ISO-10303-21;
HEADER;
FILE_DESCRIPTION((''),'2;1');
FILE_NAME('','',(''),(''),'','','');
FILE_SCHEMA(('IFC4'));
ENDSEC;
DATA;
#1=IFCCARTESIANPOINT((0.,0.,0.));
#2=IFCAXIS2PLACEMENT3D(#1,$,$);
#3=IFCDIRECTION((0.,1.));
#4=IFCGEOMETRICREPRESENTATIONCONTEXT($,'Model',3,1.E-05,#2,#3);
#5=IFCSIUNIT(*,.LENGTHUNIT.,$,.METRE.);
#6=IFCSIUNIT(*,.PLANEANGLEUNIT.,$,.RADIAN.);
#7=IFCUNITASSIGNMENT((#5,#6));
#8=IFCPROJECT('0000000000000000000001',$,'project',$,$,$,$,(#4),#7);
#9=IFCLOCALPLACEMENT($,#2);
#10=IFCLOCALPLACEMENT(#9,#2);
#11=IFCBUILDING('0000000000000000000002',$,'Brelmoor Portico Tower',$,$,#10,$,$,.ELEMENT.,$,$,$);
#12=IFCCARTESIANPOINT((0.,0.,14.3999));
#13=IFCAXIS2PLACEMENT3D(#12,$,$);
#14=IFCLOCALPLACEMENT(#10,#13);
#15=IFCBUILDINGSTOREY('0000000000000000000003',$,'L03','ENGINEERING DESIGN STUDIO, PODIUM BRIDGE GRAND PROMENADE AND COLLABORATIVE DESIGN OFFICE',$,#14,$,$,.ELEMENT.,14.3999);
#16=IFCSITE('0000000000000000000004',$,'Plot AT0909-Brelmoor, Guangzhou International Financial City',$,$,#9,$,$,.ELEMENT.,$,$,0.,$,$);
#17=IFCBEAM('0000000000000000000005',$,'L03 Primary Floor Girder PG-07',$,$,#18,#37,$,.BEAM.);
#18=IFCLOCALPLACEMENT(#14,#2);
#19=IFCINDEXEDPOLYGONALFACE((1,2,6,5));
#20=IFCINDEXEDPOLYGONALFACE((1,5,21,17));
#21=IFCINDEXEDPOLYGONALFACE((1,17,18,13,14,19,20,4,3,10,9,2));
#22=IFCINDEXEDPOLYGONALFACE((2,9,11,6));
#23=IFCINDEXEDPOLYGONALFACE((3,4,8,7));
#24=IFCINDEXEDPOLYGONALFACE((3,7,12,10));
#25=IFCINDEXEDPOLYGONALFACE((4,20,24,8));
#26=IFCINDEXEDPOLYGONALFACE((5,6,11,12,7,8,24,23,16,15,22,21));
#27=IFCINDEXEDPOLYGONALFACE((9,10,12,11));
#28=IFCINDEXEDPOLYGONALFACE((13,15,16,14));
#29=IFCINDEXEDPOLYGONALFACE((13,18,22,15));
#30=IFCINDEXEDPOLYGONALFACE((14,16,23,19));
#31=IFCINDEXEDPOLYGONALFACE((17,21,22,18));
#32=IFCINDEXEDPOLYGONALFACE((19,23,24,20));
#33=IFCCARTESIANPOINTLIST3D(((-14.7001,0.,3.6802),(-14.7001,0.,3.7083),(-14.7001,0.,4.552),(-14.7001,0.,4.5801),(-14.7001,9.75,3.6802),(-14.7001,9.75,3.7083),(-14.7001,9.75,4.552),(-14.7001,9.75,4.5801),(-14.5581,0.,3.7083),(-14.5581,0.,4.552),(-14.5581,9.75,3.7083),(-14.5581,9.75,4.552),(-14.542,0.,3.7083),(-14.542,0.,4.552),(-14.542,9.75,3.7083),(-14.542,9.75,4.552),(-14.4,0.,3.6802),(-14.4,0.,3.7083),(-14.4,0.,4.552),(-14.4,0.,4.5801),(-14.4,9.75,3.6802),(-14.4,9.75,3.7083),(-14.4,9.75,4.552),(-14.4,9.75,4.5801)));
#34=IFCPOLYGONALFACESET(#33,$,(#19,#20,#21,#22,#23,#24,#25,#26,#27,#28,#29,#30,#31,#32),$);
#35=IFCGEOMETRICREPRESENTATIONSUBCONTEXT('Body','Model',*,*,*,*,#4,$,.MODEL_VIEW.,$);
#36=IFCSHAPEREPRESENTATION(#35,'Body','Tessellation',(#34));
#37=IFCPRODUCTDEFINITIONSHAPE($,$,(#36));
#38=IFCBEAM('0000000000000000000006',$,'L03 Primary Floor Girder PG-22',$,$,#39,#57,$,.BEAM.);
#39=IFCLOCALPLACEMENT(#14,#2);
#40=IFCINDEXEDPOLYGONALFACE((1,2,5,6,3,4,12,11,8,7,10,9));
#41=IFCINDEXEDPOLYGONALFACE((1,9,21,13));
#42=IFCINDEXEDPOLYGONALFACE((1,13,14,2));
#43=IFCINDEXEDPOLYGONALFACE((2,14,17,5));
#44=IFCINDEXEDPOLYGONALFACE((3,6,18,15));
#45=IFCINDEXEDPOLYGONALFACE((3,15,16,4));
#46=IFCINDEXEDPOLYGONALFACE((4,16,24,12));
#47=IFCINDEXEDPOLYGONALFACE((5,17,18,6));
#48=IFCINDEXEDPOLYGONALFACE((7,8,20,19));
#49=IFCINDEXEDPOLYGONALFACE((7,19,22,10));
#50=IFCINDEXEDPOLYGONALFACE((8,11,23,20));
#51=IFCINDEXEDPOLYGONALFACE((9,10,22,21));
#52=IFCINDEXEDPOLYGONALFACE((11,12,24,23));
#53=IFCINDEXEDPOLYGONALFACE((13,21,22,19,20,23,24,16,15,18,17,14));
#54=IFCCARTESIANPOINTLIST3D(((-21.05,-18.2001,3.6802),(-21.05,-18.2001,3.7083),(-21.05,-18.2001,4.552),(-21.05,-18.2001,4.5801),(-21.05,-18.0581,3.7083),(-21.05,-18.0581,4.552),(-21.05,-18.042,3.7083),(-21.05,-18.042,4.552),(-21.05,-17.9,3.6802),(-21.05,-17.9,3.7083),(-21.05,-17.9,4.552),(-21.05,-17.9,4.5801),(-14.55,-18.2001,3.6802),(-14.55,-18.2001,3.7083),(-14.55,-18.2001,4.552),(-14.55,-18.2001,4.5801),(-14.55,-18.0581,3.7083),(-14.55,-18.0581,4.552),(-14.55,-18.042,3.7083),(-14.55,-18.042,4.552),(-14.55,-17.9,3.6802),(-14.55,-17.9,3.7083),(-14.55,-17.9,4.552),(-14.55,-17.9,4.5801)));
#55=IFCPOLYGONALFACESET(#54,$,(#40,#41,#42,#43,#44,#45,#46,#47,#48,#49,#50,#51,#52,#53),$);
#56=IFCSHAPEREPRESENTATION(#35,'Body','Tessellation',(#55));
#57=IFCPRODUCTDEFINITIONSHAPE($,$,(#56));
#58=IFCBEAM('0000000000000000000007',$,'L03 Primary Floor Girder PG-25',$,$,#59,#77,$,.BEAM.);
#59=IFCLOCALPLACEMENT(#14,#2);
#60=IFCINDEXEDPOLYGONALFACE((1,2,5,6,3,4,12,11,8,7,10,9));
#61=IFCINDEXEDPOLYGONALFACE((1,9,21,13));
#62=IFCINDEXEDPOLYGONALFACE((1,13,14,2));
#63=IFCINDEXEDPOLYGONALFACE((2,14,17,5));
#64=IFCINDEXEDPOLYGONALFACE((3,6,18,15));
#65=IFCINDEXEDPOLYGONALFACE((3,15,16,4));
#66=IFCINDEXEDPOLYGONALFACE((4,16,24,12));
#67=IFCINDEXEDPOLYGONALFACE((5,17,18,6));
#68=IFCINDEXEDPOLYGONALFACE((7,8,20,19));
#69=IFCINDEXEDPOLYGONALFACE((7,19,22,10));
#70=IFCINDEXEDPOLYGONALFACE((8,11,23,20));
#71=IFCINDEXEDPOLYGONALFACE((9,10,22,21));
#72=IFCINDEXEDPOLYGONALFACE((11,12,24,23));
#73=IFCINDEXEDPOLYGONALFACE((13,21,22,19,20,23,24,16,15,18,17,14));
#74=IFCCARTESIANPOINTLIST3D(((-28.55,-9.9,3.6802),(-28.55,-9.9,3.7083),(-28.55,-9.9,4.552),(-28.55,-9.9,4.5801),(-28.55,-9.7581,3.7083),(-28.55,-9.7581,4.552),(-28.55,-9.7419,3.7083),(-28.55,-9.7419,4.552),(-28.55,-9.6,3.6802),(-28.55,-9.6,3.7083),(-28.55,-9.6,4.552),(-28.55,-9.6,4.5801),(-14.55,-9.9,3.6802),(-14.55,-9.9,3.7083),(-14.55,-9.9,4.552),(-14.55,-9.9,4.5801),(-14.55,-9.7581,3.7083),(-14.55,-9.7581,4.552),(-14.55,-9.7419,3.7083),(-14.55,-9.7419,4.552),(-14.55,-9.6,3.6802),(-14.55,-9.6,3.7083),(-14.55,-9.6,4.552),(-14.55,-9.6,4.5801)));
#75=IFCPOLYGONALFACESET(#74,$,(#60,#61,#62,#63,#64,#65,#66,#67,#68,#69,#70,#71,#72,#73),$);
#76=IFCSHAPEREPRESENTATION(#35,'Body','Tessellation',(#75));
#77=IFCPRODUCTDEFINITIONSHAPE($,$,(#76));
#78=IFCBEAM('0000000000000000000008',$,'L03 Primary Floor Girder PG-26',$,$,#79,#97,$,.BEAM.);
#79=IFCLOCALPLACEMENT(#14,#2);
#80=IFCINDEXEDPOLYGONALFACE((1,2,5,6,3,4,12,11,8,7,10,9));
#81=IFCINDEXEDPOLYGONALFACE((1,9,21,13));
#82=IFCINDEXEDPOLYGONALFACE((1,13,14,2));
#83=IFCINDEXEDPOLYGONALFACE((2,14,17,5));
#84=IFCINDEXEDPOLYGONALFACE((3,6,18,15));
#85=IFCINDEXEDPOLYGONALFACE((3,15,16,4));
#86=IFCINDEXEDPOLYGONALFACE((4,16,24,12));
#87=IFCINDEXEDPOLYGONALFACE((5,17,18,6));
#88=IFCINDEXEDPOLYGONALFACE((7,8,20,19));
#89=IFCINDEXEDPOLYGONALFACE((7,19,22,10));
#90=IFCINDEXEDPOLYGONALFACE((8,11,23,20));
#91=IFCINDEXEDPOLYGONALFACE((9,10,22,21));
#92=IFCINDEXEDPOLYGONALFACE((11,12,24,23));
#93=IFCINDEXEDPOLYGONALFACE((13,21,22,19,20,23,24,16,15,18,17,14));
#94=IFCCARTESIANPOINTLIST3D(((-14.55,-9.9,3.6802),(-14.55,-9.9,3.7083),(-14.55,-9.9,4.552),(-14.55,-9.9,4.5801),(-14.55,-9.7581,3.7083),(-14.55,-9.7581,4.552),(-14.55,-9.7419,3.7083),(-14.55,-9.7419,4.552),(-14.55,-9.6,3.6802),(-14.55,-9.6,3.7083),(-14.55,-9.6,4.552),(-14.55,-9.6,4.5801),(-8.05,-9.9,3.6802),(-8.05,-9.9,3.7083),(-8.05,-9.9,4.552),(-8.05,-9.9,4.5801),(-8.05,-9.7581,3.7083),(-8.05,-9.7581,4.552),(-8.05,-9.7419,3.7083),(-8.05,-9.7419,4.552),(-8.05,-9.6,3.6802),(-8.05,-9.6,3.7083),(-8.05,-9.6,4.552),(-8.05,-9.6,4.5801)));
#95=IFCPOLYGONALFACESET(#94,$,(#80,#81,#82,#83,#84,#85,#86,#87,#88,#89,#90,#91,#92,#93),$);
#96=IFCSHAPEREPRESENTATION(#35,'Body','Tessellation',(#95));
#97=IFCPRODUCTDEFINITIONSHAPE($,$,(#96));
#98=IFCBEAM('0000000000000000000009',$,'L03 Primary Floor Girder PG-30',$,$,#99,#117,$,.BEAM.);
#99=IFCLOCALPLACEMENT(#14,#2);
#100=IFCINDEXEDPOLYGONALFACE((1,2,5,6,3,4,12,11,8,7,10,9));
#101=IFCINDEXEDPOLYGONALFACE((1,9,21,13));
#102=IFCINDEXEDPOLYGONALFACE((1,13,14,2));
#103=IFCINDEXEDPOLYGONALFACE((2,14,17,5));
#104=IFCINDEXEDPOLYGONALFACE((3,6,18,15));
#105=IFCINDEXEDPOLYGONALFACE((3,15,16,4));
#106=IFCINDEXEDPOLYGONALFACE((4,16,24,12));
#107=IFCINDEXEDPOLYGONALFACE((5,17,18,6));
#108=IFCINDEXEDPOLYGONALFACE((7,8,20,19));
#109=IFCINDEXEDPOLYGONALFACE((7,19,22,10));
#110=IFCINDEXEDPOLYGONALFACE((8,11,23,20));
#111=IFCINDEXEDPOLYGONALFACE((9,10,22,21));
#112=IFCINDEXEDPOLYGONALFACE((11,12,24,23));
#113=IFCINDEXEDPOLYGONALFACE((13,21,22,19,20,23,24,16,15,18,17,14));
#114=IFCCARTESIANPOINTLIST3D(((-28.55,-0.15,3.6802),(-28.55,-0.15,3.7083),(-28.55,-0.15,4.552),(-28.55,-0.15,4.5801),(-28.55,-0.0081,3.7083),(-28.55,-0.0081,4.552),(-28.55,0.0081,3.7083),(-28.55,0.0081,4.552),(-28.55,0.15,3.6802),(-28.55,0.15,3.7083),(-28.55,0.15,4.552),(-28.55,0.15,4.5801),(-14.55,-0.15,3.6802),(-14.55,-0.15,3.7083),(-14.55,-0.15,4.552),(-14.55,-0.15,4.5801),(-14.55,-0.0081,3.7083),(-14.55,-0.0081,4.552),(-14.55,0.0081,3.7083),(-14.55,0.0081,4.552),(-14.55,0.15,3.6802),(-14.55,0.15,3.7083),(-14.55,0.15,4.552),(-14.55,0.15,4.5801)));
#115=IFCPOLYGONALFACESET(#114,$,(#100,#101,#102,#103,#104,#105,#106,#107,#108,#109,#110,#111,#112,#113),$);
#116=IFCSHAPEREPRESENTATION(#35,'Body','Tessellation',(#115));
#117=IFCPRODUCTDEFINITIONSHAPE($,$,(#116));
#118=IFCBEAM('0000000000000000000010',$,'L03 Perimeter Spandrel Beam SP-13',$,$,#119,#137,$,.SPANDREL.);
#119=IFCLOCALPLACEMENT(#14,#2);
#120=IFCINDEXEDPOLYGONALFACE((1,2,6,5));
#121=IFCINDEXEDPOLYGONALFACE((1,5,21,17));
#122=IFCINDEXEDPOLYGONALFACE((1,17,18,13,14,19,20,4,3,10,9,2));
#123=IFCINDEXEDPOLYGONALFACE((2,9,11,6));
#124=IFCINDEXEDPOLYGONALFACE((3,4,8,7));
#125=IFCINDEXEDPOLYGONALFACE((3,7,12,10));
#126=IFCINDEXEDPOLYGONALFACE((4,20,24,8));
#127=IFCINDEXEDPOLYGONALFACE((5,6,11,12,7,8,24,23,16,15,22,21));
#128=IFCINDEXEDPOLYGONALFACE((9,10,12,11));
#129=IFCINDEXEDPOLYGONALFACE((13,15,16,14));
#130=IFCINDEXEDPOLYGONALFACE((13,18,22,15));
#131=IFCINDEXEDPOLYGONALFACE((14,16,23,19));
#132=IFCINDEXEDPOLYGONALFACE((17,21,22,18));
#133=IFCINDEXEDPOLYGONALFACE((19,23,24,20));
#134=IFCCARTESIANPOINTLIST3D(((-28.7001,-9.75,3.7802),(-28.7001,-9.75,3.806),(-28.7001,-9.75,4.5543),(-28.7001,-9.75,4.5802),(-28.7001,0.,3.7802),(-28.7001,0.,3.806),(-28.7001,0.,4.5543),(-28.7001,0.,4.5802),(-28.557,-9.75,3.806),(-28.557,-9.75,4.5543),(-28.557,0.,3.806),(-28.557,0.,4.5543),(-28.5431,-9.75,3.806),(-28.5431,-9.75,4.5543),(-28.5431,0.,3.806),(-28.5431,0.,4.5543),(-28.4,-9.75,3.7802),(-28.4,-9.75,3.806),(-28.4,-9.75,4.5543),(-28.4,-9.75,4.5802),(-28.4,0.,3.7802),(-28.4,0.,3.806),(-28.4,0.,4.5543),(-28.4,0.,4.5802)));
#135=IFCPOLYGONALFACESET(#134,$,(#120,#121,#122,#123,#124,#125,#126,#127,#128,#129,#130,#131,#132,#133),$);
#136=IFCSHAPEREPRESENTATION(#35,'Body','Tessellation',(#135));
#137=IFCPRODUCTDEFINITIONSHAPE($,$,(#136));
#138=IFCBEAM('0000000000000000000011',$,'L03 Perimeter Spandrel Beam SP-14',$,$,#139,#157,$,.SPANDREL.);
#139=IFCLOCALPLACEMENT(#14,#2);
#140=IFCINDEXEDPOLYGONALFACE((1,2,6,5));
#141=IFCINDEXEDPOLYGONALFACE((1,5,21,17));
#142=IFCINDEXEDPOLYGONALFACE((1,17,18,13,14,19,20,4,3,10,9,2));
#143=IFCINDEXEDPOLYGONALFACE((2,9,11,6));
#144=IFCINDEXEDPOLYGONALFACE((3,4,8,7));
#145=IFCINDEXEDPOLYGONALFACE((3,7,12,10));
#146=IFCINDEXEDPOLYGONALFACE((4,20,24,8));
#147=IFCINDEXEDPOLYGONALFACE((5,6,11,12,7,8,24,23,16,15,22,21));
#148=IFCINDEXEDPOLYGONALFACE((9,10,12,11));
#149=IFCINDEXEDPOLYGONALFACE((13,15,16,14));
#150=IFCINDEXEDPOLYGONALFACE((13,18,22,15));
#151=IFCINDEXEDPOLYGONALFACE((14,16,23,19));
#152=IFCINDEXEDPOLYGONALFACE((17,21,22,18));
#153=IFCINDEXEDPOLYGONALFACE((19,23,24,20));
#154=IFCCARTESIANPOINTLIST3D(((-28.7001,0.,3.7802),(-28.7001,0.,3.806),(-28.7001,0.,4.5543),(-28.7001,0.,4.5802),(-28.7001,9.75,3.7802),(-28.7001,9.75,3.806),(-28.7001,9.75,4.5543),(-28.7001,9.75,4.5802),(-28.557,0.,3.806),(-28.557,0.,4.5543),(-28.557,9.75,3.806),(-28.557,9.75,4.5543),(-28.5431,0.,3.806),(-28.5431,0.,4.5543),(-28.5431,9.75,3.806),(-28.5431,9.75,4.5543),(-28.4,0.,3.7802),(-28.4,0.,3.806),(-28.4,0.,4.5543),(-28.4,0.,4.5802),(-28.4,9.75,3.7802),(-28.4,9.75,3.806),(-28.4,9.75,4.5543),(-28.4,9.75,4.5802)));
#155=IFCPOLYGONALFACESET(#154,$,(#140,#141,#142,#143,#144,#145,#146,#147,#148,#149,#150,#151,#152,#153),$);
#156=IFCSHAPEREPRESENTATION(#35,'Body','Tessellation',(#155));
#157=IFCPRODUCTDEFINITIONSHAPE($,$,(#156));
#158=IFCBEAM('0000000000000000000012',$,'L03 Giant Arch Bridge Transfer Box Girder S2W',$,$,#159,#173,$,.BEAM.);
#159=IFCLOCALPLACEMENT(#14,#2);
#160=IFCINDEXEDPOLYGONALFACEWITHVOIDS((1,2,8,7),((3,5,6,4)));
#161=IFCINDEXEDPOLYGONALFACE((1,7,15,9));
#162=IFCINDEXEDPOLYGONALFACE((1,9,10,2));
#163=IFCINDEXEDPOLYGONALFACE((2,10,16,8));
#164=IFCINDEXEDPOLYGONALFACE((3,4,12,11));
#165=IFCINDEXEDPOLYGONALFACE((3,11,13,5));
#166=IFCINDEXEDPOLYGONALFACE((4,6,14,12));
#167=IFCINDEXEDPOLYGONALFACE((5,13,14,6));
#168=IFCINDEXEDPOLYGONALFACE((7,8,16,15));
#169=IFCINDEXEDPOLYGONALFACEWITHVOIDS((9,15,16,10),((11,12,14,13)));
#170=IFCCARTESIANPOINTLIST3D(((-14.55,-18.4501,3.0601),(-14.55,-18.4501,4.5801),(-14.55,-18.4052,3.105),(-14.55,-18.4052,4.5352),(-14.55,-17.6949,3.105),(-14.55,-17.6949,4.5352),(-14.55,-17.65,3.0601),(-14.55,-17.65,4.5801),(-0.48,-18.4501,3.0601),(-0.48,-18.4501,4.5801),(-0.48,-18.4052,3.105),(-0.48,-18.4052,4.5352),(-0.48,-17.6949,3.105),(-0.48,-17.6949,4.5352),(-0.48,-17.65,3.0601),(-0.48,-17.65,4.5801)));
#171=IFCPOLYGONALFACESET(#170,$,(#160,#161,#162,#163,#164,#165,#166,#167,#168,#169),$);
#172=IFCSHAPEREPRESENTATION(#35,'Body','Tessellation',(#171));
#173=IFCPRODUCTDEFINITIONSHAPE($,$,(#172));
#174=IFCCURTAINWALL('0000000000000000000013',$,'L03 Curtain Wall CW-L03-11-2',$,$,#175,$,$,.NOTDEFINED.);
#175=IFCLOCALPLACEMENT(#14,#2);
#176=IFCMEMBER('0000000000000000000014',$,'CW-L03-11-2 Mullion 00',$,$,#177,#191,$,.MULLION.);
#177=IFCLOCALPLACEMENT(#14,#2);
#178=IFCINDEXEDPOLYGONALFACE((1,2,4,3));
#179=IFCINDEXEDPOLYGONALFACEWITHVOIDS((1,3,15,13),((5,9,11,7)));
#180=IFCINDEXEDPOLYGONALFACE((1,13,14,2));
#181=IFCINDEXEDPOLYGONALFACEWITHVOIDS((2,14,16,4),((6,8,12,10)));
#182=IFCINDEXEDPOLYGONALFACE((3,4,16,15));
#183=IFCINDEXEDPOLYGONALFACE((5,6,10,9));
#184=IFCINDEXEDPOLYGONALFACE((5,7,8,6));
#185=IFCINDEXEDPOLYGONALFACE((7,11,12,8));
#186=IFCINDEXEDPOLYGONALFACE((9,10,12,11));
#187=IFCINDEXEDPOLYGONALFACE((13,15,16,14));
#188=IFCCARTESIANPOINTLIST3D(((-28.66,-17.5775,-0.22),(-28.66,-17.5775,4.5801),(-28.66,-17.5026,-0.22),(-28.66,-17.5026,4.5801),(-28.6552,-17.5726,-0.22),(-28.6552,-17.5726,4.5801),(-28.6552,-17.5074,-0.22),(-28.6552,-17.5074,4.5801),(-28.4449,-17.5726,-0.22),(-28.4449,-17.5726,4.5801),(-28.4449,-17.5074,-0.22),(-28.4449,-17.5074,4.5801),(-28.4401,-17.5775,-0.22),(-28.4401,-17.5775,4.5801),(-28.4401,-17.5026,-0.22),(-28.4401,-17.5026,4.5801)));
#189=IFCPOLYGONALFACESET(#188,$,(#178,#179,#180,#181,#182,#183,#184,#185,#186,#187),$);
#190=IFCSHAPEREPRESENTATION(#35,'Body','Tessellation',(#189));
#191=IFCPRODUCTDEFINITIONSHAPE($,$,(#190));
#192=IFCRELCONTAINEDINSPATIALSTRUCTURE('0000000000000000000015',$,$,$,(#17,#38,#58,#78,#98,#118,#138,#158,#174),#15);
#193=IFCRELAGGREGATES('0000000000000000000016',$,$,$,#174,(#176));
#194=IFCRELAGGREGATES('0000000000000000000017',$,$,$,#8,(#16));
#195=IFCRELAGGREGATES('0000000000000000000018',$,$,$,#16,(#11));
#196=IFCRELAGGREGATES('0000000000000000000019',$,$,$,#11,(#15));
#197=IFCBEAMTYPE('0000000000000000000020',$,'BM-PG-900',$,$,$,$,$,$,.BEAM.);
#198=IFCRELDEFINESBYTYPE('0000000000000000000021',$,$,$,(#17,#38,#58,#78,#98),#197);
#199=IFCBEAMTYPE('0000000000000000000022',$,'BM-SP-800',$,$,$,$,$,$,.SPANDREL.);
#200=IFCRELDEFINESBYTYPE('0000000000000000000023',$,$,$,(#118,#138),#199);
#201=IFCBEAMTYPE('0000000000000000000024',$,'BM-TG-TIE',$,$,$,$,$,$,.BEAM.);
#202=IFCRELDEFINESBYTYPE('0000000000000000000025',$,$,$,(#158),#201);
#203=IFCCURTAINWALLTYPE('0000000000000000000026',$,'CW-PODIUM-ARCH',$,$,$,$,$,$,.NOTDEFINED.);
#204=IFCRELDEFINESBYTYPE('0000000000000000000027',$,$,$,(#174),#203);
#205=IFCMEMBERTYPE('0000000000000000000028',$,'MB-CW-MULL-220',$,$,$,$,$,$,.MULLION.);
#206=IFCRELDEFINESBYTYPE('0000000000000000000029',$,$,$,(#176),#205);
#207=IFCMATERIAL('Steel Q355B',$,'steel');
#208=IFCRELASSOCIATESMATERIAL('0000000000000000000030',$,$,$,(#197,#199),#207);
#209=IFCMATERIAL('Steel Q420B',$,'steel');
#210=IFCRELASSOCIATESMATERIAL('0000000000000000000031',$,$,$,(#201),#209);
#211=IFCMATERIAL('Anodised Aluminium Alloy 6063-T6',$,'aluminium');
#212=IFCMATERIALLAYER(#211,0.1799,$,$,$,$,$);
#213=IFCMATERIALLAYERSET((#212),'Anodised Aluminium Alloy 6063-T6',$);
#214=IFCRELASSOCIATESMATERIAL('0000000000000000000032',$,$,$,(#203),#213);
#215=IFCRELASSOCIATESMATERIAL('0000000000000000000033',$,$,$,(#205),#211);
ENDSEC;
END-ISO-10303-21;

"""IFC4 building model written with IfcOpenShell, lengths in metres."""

from ifc_helpers import new_model, si_unit, direction, frame, origin, origin_2d, place, context, subcontext, project, spatial, hollow_rectangle, i_section, extrude, material, layer, layer_set, material_profile, profile_set, type_object, element, aggregate, save


model = new_model("IFC4")

# Units and contexts
model_context = context("Model", 3, precision=1e-05, world=origin(), true_north=direction((0.0, 1.0)))
body_context = subcontext(model_context, "Body", "Model", "MODEL_VIEW")
ifc_project = project(units=[si_unit("LENGTHUNIT", "METRE"), si_unit("PLANEANGLEUNIT", "RADIAN")], contexts=[model_context])

# Site, building, storey
site_placement = place(None, origin())
site = spatial("IfcSite", under=ifc_project, at=site_placement, Name="Plot AT0909-Brelmoor, Guangzhou International Financial City", CompositionType="ELEMENT", RefElevation=0.0)
building_placement = place(site_placement, origin())
building = spatial("IfcBuilding", under=site, at=building_placement, Name="Brelmoor Portico Tower", CompositionType="ELEMENT")
storey_placement = place(building_placement, frame((0.0, 0.0, 14.3999)))
storey = spatial("IfcBuildingStorey", under=building, at=storey_placement, Name="L03", Description="ENGINEERING DESIGN STUDIO, PODIUM BRIDGE GRAND PROMENADE AND COLLABORATIVE DESIGN OFFICE", CompositionType="ELEMENT", Elevation=14.3999)

# Shared definitions
ifc_material_1 = material(Name="Steel Q420B", Category="steel")
ifc_material_2 = material(Name="Steel Q355B", Category="steel")

# Beams
ifc_material_profile_1 = material_profile(ifc_material_2, i_section(OverallWidth=0.3, OverallDepth=0.8999, WebThickness=0.0161, FlangeThickness=0.0281, at=origin_2d()), Name="HN 900x300x16x28")
ifc_profile_set_1 = profile_set([ifc_material_profile_1], Name="Steel Q355B")
beam_type_1 = type_object("IfcBeamType", Name="BM-PG-900", PredefinedType="BEAM", material=ifc_profile_set_1)
for number, where, z_axis, x_axis, name in (
    (1, (-14.55, 0.0, 4.1301), (0.0, 1.0, 0.0), (-1.0, 0.0, 0.0), "L03 Primary Floor Girder PG-07"),
):
    element("IfcBeam", number, at=place(storey_placement, frame(where, z_axis=z_axis, x_axis=x_axis)), inside=storey, type_object=beam_type_1, Name=name, PredefinedType="BEAM", context=body_context, shape_type="SweptSolid", body=[
        extrude(i_section(OverallWidth=0.3, OverallDepth=0.8999, WebThickness=0.0161, FlangeThickness=0.0281, at=origin_2d()), origin(), (0.0, 0.0, 1.0), 9.75),
    ])
beam_1_placement = place(storey_placement, frame((-21.05, -18.05, 4.1301), z_axis=(1.0, 0.0, 0.0), x_axis=(0.0, 1.0, 0.0)))
element("IfcBeam", 2, at=beam_1_placement, inside=storey, type_object=beam_type_1, Name="L03 Primary Floor Girder PG-22", PredefinedType="BEAM", context=body_context, shape_type="SweptSolid", body=[
    extrude(i_section(OverallWidth=0.3, OverallDepth=0.8999, WebThickness=0.0161, FlangeThickness=0.0281, at=origin_2d()), origin(), (0.0, 0.0, 1.0), 6.5),
])
beam_2_placement = place(storey_placement, frame((-28.55, -9.75, 4.1301), z_axis=(1.0, 0.0, 0.0), x_axis=(0.0, 1.0, 0.0)))
element("IfcBeam", 3, at=beam_2_placement, inside=storey, type_object=beam_type_1, Name="L03 Primary Floor Girder PG-25", PredefinedType="BEAM", context=body_context, shape_type="SweptSolid", body=[
    extrude(i_section(OverallWidth=0.3, OverallDepth=0.8999, WebThickness=0.0161, FlangeThickness=0.0281, at=origin_2d()), origin(), (0.0, 0.0, 1.0), 14.0),
])
beam_3_placement = place(storey_placement, frame((-14.55, -9.75, 4.1301), z_axis=(1.0, 0.0, 0.0), x_axis=(0.0, 1.0, 0.0)))
element("IfcBeam", 4, at=beam_3_placement, inside=storey, type_object=beam_type_1, Name="L03 Primary Floor Girder PG-26", PredefinedType="BEAM", context=body_context, shape_type="SweptSolid", body=[
    extrude(i_section(OverallWidth=0.3, OverallDepth=0.8999, WebThickness=0.0161, FlangeThickness=0.0281, at=origin_2d()), origin(), (0.0, 0.0, 1.0), 6.5),
])
beam_4_placement = place(storey_placement, frame((-28.55, 0.0, 4.1301), z_axis=(1.0, 0.0, 0.0), x_axis=(0.0, 1.0, 0.0)))
element("IfcBeam", 5, at=beam_4_placement, inside=storey, type_object=beam_type_1, Name="L03 Primary Floor Girder PG-30", PredefinedType="BEAM", context=body_context, shape_type="SweptSolid", body=[
    extrude(i_section(OverallWidth=0.3, OverallDepth=0.8999, WebThickness=0.0161, FlangeThickness=0.0281, at=origin_2d()), origin(), (0.0, 0.0, 1.0), 14.0),
])
ifc_material_profile_2 = material_profile(ifc_material_2, i_section(OverallWidth=0.3, OverallDepth=0.8, WebThickness=0.0139, FlangeThickness=0.0259, at=origin_2d()), Name="HN 800x300x14x26")
ifc_profile_set_2 = profile_set([ifc_material_profile_2], Name="Steel Q355B")
beam_type_2 = type_object("IfcBeamType", Name="BM-SP-800", PredefinedType="SPANDREL", material=ifc_profile_set_2)
for number, where, z_axis, x_axis, name in (
    (6, (-28.55, -9.75, 4.1802), (0.0, 1.0, 0.0), (-1.0, 0.0, 0.0), "L03 Perimeter Spandrel Beam SP-13"),
    (7, (-28.55, 0.0, 4.1802), (0.0, 1.0, 0.0), (-1.0, 0.0, 0.0), "L03 Perimeter Spandrel Beam SP-14"),
):
    element("IfcBeam", number, at=place(storey_placement, frame(where, z_axis=z_axis, x_axis=x_axis)), inside=storey, type_object=beam_type_2, Name=name, PredefinedType="SPANDREL", context=body_context, shape_type="SweptSolid", body=[
        extrude(i_section(OverallWidth=0.3, OverallDepth=0.8, WebThickness=0.0139, FlangeThickness=0.0259, at=origin_2d()), origin(), (0.0, 0.0, 1.0), 9.75),
    ])
ifc_material_profile_3 = material_profile(ifc_material_1, hollow_rectangle(XDim=0.8, YDim=1.52, WallThickness=0.0449, at=origin_2d()), Name="BOX 800x1520x45")
ifc_profile_set_3 = profile_set([ifc_material_profile_3], Name="Steel Q420B")
beam_type_3 = type_object("IfcBeamType", Name="BM-TG-TIE", PredefinedType="BEAM", material=ifc_profile_set_3)
beam_5_placement = place(storey_placement, frame((-14.55, -18.05, 3.8201), z_axis=(1.0, 0.0, 0.0), x_axis=(0.0, 1.0, 0.0)))
element("IfcBeam", 8, at=beam_5_placement, inside=storey, type_object=beam_type_3, Name="L03 Giant Arch Bridge Transfer Box Girder S2W", PredefinedType="BEAM", context=body_context, shape_type="SweptSolid", body=[
    extrude(hollow_rectangle(XDim=0.8, YDim=1.52, WallThickness=0.0449, at=origin_2d()), origin(), (0.0, 0.0, 1.0), 14.0701),
])

# Curtain wall, member
ifc_material_3 = material(Name="Anodised Aluminium Alloy 6063-T6", Category="aluminium")
ifc_layer_1 = layer(ifc_material_3, 0.1799)
ifc_layer_set_1 = layer_set([ifc_layer_1], Name="Anodised Aluminium Alloy 6063-T6")
curtain_wall_type = type_object("IfcCurtainWallType", Name="CW-PODIUM-ARCH", PredefinedType="NOTDEFINED", material=ifc_layer_set_1)
curtain_wall_1_placement = place(storey_placement, origin())
curtain_wall_1 = element("IfcCurtainWall", 9, at=curtain_wall_1_placement, inside=storey, type_object=curtain_wall_type, Name="L03 Curtain Wall CW-L03-11-2", PredefinedType="NOTDEFINED")
ifc_material_profile_4 = material_profile(ifc_material_3, hollow_rectangle(XDim=0.075, YDim=0.22, WallThickness=0.0049, at=origin_2d()), Name="ALU MULLION 75x220")
ifc_profile_set_4 = profile_set([ifc_material_profile_4], Name="Anodised Aluminium Alloy 6063-T6")
member_type_1 = type_object("IfcMemberType", Name="MB-CW-MULL-220", PredefinedType="MULLION", material=ifc_profile_set_4)
member_1_placement = place(storey_placement, frame((-28.55, -17.54, -0.22), z_axis=(0.0, 0.0, 1.0), x_axis=(0.0, 1.0, 0.0)))
member_1 = element("IfcMember", 10, at=member_1_placement, type_object=member_type_1, Name="CW-L03-11-2 Mullion 00", PredefinedType="MULLION", context=body_context, shape_type="SweptSolid", body=[
    extrude(hollow_rectangle(XDim=0.075, YDim=0.22, WallThickness=0.0049, at=origin_2d()), origin(), (0.0, 0.0, 1.0), 4.8),
])

aggregate(curtain_wall_1, [member_1])

save(model, "model.ifc")
